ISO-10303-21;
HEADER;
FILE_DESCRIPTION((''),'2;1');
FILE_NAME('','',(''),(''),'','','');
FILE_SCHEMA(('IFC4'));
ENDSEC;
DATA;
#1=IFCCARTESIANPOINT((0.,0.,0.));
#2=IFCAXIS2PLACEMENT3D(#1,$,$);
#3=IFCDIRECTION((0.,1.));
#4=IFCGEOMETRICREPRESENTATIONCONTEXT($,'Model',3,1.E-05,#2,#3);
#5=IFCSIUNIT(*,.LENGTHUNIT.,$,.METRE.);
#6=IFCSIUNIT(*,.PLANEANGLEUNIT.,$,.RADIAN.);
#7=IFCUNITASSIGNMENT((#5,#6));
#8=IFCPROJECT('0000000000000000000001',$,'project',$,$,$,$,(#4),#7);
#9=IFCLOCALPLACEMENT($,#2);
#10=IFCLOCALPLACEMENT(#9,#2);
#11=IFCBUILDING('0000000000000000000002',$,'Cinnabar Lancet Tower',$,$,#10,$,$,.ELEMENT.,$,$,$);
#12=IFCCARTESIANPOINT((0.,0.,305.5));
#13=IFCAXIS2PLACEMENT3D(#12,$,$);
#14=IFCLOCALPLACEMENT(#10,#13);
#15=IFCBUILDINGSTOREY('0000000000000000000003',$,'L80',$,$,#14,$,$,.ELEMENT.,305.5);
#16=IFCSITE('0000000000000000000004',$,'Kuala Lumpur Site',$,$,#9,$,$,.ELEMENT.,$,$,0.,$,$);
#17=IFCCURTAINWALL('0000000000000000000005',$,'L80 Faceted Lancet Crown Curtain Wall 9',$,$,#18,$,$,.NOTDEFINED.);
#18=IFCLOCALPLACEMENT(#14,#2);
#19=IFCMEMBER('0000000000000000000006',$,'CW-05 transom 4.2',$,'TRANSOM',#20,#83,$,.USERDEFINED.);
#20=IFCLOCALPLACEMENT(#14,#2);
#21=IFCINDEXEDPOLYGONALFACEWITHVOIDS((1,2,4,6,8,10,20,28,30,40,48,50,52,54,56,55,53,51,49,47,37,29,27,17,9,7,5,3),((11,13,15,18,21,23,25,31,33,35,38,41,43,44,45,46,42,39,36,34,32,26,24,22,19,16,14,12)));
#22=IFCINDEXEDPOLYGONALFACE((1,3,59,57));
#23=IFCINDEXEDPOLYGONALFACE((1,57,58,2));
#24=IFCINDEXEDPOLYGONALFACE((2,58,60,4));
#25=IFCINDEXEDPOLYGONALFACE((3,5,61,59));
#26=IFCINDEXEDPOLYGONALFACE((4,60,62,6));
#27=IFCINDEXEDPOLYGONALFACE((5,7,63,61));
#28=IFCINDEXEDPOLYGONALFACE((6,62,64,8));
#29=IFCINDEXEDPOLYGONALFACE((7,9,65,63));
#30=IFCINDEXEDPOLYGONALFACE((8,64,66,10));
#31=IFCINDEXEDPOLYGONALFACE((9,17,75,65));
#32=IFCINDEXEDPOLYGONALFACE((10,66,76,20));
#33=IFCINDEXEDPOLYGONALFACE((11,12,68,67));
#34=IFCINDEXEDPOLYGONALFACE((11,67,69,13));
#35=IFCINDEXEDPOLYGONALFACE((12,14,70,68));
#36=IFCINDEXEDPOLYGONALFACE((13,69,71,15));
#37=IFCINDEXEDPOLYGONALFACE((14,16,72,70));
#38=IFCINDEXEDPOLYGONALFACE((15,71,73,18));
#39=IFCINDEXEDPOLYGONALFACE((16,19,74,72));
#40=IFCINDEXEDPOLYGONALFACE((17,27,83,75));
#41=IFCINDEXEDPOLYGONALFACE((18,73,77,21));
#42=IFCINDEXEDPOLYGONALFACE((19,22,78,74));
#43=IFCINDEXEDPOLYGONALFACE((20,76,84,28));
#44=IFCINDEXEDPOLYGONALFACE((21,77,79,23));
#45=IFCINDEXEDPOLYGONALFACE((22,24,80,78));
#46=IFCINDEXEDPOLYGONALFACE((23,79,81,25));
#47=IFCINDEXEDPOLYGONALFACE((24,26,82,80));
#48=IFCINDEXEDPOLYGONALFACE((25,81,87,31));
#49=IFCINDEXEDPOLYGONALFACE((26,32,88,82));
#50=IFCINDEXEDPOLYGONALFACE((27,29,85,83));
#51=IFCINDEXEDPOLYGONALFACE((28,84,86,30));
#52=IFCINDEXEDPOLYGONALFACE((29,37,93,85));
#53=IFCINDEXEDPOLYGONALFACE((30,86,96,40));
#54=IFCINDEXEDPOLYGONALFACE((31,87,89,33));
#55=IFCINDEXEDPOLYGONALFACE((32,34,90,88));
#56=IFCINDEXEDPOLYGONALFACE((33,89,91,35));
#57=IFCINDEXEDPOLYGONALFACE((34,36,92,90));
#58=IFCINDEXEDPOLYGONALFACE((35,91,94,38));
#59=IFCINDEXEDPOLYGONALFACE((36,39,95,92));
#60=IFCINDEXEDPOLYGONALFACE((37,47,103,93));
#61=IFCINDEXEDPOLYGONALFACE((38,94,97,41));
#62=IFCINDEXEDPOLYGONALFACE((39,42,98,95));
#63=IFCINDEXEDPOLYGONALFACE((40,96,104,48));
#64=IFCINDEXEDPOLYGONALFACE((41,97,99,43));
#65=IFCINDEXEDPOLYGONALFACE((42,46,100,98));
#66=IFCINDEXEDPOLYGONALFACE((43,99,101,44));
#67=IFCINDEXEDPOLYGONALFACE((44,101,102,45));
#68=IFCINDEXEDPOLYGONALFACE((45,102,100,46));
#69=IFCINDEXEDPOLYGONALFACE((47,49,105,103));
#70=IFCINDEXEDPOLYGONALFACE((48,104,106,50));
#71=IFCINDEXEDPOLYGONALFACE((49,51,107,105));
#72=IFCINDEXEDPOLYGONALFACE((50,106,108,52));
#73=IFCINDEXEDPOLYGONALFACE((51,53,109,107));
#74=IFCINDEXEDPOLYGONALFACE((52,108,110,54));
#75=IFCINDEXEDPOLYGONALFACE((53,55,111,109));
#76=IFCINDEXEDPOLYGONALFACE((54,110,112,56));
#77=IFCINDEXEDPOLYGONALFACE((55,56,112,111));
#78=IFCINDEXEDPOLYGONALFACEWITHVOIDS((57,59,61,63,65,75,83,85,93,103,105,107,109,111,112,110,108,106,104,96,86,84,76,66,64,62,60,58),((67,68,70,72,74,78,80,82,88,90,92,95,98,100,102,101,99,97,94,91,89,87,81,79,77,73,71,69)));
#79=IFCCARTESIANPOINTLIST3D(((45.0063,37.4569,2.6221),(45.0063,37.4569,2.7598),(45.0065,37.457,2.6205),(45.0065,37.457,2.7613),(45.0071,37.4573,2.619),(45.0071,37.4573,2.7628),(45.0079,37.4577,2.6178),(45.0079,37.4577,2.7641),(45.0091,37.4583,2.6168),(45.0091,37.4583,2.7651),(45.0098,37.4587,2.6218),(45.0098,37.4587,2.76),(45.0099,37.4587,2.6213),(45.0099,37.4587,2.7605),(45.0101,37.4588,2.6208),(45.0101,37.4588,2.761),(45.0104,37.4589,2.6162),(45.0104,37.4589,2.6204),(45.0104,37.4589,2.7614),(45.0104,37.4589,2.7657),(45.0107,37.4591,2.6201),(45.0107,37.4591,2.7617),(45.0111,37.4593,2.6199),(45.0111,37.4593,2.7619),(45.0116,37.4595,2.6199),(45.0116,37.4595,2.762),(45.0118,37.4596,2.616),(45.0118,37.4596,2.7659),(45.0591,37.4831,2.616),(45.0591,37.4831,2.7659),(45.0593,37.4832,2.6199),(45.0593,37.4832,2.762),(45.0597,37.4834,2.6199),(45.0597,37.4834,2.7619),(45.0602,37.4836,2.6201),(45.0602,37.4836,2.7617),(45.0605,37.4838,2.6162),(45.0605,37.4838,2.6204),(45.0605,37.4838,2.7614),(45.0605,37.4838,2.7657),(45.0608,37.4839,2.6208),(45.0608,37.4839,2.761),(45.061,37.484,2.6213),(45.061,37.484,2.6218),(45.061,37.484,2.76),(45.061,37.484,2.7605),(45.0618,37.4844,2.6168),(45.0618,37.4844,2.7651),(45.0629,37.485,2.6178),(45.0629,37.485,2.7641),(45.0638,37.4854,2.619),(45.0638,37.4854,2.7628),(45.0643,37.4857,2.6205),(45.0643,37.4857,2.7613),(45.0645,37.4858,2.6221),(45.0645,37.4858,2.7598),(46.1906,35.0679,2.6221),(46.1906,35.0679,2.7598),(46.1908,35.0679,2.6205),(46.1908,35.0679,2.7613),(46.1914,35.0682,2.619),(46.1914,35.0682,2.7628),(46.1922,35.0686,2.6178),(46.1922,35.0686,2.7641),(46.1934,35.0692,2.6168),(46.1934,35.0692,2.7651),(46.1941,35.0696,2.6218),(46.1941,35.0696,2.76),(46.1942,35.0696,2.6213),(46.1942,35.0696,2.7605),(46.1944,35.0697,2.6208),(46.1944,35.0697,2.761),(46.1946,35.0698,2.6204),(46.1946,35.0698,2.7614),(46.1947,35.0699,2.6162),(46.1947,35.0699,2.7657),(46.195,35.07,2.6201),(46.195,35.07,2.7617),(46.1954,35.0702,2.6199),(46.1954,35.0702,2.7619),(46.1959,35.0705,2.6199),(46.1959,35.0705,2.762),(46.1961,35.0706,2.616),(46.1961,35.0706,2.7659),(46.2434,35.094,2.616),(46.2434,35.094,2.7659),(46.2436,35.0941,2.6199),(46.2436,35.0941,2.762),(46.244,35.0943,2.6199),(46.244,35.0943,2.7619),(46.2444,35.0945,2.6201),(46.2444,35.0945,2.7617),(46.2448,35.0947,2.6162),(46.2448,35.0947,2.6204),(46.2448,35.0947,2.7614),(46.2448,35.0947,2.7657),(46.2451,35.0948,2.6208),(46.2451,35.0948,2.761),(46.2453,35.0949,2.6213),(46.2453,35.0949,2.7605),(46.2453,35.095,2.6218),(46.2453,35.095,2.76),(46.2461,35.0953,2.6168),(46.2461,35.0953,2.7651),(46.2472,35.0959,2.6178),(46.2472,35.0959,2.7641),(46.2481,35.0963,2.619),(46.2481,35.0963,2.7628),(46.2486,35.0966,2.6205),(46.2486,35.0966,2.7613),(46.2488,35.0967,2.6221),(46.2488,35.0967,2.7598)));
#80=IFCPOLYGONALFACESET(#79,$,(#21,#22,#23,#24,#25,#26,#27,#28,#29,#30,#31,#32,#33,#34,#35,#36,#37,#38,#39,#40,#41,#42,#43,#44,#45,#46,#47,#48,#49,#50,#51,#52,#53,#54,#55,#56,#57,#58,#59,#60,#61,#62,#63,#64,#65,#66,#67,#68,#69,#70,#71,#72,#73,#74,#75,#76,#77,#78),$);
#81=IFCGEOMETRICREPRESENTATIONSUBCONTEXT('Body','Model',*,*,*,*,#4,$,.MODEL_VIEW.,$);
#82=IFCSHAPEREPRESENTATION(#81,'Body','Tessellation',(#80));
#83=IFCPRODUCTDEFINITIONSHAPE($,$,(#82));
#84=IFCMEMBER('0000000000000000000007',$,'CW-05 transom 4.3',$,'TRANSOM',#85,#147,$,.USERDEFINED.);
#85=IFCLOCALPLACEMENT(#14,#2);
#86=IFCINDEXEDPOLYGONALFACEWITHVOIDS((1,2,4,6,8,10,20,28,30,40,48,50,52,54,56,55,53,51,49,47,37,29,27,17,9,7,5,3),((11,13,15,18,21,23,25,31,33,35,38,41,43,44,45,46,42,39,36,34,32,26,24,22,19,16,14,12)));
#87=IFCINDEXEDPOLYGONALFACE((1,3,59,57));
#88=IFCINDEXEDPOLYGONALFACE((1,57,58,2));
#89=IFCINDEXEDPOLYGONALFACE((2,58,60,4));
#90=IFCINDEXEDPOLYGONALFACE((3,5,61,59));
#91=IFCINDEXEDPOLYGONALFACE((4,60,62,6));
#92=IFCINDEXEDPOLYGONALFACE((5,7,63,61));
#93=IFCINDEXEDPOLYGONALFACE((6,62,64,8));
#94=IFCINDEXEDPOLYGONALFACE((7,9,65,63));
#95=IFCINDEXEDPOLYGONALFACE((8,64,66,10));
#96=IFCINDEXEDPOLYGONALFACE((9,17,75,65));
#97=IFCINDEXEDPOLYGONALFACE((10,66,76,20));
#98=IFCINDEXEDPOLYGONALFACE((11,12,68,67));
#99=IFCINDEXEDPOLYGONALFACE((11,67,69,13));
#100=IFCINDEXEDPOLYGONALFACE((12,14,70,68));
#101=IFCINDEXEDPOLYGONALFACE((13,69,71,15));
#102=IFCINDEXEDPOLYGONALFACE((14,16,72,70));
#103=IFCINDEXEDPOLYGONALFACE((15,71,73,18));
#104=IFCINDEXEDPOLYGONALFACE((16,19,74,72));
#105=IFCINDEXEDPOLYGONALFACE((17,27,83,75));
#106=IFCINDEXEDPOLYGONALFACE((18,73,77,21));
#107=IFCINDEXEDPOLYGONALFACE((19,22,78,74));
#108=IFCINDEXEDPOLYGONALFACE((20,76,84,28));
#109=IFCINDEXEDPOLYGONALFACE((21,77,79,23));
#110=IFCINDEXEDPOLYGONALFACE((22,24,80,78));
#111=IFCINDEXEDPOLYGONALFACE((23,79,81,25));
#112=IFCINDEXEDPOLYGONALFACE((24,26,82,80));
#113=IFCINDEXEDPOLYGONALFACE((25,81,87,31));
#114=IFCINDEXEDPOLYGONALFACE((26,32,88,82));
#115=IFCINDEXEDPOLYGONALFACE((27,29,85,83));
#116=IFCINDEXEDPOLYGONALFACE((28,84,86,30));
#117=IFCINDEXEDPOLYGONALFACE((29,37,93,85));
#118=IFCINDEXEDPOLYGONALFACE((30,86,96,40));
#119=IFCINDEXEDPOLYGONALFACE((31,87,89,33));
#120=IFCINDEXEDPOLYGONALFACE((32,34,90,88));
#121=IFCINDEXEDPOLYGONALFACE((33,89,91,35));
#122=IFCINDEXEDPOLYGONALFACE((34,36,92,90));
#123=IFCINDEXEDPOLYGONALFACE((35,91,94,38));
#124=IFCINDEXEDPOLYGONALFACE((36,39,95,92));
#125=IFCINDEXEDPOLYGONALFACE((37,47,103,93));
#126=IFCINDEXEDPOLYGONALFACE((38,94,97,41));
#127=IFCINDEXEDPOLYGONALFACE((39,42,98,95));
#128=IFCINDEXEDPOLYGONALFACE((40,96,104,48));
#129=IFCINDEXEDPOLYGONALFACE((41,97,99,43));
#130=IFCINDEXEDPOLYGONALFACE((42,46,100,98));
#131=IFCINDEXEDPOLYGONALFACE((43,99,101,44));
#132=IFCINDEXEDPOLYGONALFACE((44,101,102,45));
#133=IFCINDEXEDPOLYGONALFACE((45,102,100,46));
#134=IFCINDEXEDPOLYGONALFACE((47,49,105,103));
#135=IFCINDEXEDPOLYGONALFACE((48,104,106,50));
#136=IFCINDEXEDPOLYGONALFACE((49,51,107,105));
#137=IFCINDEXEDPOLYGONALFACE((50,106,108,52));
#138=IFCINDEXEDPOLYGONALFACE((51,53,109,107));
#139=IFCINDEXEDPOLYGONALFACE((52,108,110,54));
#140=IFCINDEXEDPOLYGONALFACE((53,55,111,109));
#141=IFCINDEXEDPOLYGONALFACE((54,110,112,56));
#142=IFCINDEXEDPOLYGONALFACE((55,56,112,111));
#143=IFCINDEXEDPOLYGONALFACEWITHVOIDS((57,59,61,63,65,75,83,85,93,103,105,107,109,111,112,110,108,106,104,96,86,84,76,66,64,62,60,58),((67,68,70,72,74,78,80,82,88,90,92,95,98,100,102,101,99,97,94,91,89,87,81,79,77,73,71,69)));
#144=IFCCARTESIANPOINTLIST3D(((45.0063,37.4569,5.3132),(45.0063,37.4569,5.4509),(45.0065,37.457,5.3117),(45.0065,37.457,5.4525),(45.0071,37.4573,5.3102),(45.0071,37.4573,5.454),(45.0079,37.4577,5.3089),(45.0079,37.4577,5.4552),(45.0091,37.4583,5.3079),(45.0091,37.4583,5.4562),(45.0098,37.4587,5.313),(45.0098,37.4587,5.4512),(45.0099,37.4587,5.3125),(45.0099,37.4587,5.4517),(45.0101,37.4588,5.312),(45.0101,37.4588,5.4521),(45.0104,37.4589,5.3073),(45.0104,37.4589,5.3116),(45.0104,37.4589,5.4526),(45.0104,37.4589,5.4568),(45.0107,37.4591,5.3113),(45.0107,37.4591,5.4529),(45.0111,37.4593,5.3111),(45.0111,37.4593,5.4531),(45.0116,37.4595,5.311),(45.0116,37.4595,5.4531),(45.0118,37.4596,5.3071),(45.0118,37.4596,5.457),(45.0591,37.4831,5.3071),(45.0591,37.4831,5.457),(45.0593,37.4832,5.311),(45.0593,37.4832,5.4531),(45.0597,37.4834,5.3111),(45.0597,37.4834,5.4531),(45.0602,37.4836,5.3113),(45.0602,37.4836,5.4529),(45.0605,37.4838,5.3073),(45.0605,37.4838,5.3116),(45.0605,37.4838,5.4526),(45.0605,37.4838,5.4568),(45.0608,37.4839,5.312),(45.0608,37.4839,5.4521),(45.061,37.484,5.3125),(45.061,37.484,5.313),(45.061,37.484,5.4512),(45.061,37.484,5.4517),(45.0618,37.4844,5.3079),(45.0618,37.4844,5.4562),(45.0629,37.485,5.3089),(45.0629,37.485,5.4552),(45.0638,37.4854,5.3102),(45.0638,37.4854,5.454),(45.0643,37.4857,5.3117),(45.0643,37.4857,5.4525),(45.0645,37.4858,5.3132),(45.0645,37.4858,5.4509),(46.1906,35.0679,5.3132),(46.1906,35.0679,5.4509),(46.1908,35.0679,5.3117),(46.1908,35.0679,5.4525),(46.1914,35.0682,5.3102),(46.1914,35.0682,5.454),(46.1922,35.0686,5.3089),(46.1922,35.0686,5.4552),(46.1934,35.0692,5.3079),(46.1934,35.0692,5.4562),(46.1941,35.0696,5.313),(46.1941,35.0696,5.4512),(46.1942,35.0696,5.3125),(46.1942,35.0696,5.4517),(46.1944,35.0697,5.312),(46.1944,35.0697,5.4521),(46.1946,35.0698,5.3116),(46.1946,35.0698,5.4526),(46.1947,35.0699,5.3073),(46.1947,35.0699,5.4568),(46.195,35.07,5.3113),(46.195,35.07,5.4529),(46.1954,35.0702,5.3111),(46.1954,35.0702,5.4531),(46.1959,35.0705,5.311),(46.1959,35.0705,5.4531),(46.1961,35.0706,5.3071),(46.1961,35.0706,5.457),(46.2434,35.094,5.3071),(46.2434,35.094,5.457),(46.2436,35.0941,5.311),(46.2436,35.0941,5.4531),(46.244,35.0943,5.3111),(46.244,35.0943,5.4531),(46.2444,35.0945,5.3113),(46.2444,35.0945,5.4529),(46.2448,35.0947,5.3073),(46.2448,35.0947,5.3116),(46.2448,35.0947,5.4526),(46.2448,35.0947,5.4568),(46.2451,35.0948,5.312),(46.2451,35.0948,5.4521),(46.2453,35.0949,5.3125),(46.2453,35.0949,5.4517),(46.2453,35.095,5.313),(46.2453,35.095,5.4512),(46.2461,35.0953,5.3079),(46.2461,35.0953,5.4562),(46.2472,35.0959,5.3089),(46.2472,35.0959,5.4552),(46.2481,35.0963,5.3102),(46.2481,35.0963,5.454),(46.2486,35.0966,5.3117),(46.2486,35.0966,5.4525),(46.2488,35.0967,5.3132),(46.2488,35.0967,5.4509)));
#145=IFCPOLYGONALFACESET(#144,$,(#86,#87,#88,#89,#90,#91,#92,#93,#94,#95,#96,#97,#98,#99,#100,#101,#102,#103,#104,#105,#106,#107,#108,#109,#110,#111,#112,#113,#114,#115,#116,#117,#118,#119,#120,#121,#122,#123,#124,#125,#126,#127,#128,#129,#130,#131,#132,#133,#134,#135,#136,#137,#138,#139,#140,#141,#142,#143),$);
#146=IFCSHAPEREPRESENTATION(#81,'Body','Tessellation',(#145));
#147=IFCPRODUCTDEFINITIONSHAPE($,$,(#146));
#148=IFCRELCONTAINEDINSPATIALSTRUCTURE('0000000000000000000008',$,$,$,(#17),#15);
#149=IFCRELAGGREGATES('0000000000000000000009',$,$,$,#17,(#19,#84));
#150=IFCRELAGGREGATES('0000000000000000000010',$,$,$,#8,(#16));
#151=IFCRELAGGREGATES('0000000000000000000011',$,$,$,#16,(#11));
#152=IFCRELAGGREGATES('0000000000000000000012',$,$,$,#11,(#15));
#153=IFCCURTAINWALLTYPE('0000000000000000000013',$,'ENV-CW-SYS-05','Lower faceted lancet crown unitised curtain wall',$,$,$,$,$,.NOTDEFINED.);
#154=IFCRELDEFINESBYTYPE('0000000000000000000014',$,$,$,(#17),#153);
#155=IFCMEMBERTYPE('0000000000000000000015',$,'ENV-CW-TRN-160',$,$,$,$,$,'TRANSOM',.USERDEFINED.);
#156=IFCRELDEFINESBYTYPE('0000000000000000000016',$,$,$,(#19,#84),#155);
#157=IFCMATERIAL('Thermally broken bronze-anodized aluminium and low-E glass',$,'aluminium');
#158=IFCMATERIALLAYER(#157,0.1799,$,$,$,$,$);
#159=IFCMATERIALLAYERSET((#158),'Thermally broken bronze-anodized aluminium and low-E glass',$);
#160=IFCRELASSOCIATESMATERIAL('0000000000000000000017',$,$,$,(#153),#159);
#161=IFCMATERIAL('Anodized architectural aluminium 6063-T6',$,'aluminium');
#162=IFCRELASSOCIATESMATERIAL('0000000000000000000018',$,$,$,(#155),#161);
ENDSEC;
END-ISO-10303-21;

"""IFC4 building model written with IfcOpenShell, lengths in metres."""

from ifc_helpers import new_model, si_unit, direction, frame, origin, origin_2d, place, context, subcontext, project, spatial, hollow_rectangle, extrude, material, layer, layer_set, material_profile, profile_set, type_object, element, aggregate, save


model = new_model("IFC4")

# Units and contexts
model_context = context("Model", 3, precision=1e-05, world=origin(), true_north=direction((0.0, 1.0)))
body_context = subcontext(model_context, "Body", "Model", "MODEL_VIEW")
ifc_project = project(units=[si_unit("LENGTHUNIT", "METRE"), si_unit("PLANEANGLEUNIT", "RADIAN")], contexts=[model_context])

# Site, building, storey
site_placement = place(None, origin())
site = spatial("IfcSite", under=ifc_project, at=site_placement, Name="Kuala Lumpur Site", CompositionType="ELEMENT", RefElevation=0.0)
building_placement = place(site_placement, origin())
building = spatial("IfcBuilding", under=site, at=building_placement, Name="Cinnabar Lancet Tower", CompositionType="ELEMENT")
storey_placement = place(building_placement, frame((0.0, 0.0, 305.5)))
storey = spatial("IfcBuildingStorey", under=building, at=storey_placement, Name="L80", CompositionType="ELEMENT", Elevation=305.5)

# Curtain wall
ifc_material_1 = material(Name="Thermally broken bronze-anodized aluminium and low-E glass", Category="aluminium")
ifc_layer_1 = layer(ifc_material_1, 0.1799)
ifc_layer_set_1 = layer_set([ifc_layer_1], Name="Thermally broken bronze-anodized aluminium and low-E glass")
curtain_wall_type = type_object("IfcCurtainWallType", Name="ENV-CW-SYS-05", Description="Lower faceted lancet crown unitised curtain wall", PredefinedType="NOTDEFINED", material=ifc_layer_set_1)
curtain_wall_1_placement = place(storey_placement, origin())
curtain_wall_1 = element("IfcCurtainWall", 1, at=curtain_wall_1_placement, inside=storey, type_object=curtain_wall_type, Name="L80 Faceted Lancet Crown Curtain Wall 9", PredefinedType="NOTDEFINED")

# Members
ifc_material_2 = material(Name="Anodized architectural aluminium 6063-T6", Category="aluminium")
ifc_material_profile_1 = material_profile(ifc_material_2, hollow_rectangle(XDim=0.0649, YDim=0.1499, WallThickness=0.0039, InnerFilletRadius=0.002, OuterFilletRadius=0.0061, at=origin_2d()), Name="CW-TRN 150x65x4")
ifc_profile_set_1 = profile_set([ifc_material_profile_1], Name="Anodized architectural aluminium 6063-T6")
member_type_1 = type_object("IfcMemberType", Name="ENV-CW-TRN-160", ElementType="TRANSOM", PredefinedType="USERDEFINED", material=ifc_profile_set_1)
member_1_placement = place(storey_placement, frame((46.2197, 35.0823, 2.6909), z_axis=(-0.444135, 0.89596, 0.0), x_axis=(-0.89596, -0.444135, 0.0)))
member_1 = element("IfcMember", 2, at=member_1_placement, type_object=member_type_1, Name="CW-05 transom 4.2", ObjectType="TRANSOM", PredefinedType="USERDEFINED", context=body_context, shape_type="SweptSolid", body=[
    extrude(hollow_rectangle(XDim=0.0649, YDim=0.1499, WallThickness=0.0039, InnerFilletRadius=0.002, OuterFilletRadius=0.0061, at=origin_2d()), origin(), (0.0, 0.0, 1.0), 2.6665),
])
member_2_placement = place(storey_placement, frame((46.2197, 35.0823, 5.3821), z_axis=(-0.444135, 0.89596, 0.0), x_axis=(-0.89596, -0.444135, 0.0)))
member_2 = element("IfcMember", 3, at=member_2_placement, type_object=member_type_1, Name="CW-05 transom 4.3", ObjectType="TRANSOM", PredefinedType="USERDEFINED", context=body_context, shape_type="SweptSolid", body=[
    extrude(hollow_rectangle(XDim=0.0649, YDim=0.1499, WallThickness=0.0039, InnerFilletRadius=0.002, OuterFilletRadius=0.0061, at=origin_2d()), origin(), (0.0, 0.0, 1.0), 2.6665),
])

aggregate(curtain_wall_1, [member_1, member_2])

save(model, "model.ifc")
